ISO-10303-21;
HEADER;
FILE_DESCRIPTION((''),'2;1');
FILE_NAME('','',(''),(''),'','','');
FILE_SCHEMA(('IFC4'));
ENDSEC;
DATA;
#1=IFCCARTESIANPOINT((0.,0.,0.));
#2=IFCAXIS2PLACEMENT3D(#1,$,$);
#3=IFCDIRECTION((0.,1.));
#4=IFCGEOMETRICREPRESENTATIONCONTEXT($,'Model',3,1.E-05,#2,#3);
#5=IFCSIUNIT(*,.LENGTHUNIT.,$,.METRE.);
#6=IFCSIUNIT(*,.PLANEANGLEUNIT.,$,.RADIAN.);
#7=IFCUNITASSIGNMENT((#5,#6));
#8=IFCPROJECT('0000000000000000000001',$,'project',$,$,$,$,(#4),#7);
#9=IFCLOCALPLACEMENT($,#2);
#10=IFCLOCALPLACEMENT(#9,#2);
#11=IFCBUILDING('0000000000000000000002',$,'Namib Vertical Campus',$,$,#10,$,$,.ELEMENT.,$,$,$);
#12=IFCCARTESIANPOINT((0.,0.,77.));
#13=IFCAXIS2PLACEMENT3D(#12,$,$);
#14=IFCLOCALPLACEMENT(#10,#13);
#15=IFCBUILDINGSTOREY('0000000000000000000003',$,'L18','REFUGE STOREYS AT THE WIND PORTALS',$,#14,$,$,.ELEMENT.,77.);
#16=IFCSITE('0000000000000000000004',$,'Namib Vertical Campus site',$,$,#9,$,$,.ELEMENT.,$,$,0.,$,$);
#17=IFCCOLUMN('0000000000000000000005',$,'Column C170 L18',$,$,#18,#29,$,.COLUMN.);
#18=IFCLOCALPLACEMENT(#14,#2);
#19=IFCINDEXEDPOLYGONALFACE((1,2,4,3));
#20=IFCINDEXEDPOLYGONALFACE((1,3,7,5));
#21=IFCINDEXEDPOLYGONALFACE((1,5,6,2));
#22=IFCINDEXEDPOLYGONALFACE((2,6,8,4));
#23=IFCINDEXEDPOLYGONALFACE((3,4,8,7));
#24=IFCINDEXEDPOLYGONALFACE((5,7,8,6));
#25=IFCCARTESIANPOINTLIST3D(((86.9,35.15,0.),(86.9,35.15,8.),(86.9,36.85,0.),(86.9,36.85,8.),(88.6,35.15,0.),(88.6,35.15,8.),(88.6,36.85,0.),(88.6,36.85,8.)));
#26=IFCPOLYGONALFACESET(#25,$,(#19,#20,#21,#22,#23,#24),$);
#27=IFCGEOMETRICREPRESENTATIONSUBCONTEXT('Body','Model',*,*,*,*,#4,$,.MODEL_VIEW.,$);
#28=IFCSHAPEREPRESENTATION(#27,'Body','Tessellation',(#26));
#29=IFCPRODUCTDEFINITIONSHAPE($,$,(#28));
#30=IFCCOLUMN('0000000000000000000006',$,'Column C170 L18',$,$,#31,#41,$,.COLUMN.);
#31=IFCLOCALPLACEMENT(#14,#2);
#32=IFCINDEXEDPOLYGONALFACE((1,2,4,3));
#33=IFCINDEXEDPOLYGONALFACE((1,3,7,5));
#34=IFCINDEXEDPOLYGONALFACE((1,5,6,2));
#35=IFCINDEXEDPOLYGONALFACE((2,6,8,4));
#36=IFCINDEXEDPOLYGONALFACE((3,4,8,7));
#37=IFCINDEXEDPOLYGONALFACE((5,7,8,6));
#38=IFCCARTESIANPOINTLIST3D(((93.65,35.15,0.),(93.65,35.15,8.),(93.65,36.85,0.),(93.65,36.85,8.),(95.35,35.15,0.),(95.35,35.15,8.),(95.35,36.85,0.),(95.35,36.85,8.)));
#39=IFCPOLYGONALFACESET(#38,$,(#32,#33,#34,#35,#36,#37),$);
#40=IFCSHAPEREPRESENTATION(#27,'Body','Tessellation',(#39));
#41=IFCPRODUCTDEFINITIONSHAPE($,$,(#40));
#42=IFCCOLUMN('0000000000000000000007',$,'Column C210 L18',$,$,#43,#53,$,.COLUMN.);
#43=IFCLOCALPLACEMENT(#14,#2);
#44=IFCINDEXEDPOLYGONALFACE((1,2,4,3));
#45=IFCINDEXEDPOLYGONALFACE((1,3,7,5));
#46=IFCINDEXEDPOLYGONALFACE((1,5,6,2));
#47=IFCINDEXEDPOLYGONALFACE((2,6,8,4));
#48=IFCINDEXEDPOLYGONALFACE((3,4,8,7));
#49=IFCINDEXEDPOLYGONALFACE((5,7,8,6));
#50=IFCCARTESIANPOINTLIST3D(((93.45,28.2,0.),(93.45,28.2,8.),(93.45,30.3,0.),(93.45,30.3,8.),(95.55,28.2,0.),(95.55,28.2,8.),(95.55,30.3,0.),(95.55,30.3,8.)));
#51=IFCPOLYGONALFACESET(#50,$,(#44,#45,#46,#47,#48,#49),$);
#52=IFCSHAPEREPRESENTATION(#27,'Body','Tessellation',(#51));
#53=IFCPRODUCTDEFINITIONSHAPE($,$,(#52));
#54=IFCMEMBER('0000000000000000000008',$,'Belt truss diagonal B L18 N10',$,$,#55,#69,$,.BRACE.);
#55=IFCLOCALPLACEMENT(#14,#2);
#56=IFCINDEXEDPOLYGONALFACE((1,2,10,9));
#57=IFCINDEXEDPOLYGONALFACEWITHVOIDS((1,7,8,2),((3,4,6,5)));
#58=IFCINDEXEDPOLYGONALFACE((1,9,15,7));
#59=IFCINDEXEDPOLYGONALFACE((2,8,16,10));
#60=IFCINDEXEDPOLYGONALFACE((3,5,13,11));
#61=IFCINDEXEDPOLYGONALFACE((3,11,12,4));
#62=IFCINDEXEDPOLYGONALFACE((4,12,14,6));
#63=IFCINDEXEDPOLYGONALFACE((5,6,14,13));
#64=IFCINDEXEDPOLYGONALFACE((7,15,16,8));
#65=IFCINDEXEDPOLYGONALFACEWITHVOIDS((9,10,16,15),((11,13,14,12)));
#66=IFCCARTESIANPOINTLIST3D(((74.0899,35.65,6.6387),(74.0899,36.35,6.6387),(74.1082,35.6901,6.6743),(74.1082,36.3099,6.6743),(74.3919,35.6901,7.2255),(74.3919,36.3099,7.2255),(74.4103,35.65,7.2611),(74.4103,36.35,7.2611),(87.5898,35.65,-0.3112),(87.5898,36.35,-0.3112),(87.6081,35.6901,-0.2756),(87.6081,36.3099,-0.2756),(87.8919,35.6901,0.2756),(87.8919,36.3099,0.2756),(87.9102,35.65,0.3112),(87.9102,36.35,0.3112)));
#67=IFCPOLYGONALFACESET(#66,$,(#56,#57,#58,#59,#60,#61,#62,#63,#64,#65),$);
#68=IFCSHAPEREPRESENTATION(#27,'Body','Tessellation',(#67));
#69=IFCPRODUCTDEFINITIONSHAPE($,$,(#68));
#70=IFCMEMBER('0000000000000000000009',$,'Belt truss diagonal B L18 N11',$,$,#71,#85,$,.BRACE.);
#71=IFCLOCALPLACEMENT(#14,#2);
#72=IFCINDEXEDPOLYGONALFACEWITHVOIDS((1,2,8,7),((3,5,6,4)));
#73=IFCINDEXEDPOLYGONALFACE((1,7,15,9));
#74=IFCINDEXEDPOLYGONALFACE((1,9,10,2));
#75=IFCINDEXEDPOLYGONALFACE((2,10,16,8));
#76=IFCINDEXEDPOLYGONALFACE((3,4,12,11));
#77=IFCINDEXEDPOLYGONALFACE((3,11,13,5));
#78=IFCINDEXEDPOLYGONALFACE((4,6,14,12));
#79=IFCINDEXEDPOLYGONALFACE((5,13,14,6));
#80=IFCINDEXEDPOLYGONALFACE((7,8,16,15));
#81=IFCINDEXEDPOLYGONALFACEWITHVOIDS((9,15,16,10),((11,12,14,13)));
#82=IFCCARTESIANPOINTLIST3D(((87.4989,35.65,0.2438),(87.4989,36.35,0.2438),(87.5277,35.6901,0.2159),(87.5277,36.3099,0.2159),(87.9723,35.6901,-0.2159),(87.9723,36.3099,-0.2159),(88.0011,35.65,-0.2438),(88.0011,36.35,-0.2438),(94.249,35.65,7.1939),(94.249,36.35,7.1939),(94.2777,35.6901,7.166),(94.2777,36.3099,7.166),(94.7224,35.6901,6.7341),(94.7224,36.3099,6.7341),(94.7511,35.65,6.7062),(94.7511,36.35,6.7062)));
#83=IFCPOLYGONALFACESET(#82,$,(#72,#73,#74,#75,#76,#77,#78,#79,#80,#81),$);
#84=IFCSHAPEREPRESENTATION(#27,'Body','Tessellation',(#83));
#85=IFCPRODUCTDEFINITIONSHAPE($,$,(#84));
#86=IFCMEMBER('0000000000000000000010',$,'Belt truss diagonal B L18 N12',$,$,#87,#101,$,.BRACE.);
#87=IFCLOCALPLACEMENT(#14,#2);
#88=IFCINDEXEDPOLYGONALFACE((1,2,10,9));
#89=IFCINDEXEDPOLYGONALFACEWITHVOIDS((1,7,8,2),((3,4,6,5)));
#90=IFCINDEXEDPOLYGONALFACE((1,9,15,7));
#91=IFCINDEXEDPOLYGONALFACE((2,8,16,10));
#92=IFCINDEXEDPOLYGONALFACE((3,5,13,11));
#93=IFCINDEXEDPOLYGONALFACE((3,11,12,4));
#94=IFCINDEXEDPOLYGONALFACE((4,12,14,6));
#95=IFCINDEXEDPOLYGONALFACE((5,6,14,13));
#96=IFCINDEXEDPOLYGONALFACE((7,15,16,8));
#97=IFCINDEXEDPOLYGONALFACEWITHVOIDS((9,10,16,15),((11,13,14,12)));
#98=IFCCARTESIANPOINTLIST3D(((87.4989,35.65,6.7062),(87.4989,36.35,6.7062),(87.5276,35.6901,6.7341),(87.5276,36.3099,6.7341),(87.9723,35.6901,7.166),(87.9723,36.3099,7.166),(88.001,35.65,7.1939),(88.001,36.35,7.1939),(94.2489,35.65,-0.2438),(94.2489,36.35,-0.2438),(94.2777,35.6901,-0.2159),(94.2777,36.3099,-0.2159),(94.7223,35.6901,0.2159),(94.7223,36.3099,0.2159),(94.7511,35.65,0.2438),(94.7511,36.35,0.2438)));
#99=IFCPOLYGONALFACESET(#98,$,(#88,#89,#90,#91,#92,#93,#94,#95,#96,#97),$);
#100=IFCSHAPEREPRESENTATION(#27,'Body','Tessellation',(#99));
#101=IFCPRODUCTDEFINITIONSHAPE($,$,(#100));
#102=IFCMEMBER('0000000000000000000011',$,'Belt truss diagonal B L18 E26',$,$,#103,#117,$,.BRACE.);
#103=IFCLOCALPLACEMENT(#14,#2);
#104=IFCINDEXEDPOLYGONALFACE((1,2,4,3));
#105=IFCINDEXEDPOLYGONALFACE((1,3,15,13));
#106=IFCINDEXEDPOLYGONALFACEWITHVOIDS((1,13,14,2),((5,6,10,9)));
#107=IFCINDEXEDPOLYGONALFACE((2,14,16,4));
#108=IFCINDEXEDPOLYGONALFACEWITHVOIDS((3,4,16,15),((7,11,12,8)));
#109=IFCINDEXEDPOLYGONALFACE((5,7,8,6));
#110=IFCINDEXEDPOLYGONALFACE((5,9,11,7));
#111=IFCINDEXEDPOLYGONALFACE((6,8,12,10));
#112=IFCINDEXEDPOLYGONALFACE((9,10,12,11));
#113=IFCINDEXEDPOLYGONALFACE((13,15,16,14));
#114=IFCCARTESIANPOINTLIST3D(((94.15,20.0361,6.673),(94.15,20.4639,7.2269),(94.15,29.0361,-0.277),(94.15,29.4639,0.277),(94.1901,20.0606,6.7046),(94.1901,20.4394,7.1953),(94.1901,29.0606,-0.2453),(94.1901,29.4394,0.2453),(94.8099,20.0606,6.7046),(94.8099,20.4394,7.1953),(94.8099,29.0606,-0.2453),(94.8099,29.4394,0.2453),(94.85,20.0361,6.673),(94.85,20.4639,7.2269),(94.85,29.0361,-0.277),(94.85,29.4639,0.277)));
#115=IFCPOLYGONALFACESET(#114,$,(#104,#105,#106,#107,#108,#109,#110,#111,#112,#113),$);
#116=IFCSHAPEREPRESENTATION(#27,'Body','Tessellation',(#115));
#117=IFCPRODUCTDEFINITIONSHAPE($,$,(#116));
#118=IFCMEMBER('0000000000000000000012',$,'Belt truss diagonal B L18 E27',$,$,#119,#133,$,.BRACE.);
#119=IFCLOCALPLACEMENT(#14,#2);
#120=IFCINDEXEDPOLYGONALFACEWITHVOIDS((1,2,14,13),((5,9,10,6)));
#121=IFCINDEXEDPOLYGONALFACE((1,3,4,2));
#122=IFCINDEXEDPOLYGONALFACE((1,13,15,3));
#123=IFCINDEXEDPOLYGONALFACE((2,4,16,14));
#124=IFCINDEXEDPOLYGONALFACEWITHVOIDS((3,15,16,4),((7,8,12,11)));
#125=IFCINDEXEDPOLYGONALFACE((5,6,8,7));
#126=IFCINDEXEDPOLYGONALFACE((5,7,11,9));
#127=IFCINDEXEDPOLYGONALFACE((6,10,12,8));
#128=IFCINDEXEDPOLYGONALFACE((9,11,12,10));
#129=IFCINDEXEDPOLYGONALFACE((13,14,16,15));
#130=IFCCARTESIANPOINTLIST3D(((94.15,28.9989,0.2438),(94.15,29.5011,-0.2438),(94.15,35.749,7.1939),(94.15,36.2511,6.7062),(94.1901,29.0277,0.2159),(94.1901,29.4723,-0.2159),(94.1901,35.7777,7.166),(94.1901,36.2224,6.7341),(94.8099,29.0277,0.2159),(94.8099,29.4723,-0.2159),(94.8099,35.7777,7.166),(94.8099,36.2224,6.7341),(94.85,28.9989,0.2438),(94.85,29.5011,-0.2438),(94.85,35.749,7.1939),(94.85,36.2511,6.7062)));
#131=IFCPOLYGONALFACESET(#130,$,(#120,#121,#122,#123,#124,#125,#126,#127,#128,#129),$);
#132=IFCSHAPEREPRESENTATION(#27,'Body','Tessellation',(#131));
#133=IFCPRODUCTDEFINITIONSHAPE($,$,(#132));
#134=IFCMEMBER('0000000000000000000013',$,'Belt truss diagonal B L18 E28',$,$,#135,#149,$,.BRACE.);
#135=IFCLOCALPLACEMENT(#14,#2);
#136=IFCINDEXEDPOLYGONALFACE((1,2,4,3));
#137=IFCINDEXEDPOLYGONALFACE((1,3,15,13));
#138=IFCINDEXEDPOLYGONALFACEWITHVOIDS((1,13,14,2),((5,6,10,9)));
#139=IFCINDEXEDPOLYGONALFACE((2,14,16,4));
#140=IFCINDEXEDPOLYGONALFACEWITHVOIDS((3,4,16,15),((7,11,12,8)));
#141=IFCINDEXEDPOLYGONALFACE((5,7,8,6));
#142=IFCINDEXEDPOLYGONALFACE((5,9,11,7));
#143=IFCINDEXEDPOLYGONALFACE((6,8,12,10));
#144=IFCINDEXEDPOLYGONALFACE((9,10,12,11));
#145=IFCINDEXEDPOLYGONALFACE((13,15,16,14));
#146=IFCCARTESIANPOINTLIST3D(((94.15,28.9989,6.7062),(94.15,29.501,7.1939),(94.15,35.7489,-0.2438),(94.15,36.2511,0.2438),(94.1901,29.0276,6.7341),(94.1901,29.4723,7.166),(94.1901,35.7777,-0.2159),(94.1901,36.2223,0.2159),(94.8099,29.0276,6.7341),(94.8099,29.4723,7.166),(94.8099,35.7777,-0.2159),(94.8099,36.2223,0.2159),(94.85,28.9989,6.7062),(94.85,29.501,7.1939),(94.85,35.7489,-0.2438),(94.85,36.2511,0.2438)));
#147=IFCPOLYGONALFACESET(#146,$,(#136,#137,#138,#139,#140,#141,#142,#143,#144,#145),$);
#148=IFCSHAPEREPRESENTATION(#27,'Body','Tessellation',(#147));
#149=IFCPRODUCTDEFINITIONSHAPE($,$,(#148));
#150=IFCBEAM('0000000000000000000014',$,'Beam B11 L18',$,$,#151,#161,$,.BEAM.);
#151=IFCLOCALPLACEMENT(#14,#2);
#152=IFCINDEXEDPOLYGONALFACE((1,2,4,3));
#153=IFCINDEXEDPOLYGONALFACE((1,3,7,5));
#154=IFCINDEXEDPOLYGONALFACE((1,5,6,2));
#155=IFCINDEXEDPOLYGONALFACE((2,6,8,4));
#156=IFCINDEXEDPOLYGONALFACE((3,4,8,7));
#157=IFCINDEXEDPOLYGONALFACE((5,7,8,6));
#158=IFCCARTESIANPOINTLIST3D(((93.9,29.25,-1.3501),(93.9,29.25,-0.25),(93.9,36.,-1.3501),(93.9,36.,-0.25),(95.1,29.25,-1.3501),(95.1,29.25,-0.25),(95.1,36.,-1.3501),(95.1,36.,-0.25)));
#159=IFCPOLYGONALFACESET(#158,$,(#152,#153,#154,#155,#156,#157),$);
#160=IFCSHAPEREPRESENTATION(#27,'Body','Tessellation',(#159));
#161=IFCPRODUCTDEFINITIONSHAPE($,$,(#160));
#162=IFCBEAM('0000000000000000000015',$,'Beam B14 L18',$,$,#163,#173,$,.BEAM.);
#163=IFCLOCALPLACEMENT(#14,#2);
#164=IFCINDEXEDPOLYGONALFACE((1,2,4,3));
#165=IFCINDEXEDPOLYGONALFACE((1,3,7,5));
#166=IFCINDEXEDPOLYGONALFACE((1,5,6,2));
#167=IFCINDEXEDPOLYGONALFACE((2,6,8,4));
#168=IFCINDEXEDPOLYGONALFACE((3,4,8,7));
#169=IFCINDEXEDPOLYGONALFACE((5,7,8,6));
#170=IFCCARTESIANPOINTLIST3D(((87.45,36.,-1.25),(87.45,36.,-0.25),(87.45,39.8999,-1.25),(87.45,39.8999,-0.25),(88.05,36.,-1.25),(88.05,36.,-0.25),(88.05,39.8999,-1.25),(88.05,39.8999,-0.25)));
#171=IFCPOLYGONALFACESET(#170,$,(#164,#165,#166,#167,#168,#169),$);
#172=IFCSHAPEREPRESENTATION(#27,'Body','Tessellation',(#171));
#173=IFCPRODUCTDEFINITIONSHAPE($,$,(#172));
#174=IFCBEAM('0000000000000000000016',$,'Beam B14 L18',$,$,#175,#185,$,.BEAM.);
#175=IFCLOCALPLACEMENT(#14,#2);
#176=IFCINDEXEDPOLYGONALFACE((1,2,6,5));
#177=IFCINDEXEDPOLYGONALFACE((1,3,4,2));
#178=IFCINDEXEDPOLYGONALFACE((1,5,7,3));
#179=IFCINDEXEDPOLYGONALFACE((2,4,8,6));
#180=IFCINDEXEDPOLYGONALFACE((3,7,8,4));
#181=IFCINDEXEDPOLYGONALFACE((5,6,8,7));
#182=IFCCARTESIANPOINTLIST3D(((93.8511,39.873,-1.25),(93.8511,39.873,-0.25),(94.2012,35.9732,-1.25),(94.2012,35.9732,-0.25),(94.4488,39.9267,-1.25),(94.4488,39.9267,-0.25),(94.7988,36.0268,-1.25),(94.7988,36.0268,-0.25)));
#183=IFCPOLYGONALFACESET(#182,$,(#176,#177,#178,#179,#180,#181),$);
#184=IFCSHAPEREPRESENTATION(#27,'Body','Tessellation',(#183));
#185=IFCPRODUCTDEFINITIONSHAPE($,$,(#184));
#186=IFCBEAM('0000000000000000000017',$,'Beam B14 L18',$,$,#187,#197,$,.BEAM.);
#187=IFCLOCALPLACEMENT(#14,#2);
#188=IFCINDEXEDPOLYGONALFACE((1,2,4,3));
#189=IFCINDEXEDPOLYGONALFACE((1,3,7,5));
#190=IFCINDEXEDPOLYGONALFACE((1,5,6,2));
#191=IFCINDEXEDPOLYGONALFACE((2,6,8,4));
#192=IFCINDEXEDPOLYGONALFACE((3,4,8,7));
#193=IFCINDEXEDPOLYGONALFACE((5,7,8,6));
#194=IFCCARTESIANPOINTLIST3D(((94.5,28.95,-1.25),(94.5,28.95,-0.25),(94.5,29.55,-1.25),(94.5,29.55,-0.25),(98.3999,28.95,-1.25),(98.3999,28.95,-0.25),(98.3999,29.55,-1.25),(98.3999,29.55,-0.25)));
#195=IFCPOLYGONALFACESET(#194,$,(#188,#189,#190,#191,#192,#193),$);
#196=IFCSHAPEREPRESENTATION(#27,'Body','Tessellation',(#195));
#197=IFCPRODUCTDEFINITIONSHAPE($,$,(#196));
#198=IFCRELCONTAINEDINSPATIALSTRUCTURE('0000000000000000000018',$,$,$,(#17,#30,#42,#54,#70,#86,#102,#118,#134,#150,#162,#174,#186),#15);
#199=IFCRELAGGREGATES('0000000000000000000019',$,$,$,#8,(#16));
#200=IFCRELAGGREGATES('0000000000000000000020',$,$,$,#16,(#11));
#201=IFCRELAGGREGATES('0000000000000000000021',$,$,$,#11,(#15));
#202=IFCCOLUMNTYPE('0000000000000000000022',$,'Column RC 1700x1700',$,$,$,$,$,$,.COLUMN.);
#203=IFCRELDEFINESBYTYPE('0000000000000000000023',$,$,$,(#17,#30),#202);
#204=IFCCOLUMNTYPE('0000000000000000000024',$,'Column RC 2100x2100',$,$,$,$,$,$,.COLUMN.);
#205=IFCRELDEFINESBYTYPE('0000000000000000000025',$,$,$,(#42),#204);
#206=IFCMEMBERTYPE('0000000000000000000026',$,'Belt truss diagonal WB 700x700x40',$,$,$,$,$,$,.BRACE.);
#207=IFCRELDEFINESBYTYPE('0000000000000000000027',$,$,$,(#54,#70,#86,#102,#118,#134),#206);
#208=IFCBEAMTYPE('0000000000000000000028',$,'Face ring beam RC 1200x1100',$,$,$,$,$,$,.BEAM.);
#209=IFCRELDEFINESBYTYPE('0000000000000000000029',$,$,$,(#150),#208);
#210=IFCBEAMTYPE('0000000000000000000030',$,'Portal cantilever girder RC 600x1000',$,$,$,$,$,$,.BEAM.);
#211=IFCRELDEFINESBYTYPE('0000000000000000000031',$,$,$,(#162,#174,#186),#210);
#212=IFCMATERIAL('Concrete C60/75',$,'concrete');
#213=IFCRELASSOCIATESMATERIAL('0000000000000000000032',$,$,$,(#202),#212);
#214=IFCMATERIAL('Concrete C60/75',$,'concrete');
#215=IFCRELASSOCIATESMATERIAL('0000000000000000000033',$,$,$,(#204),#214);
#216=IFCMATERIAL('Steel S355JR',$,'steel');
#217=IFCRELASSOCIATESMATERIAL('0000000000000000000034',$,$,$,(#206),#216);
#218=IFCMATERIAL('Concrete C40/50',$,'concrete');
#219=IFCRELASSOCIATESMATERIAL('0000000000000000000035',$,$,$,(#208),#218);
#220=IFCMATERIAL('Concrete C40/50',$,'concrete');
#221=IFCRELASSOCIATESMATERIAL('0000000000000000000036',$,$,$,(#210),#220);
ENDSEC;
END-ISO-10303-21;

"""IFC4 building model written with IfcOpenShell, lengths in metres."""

from ifc_helpers import new_model, si_unit, direction, frame, origin, origin_2d, place, context, subcontext, project, spatial, rectangle, hollow_rectangle, extrude, material, material_profile, profile_set, type_object, element, save


model = new_model("IFC4")

# Units and contexts
model_context = context("Model", 3, precision=1e-05, world=origin(), true_north=direction((0.0, 1.0)))
body_context = subcontext(model_context, "Body", "Model", "MODEL_VIEW")
ifc_project = project(units=[si_unit("LENGTHUNIT", "METRE"), si_unit("PLANEANGLEUNIT", "RADIAN")], contexts=[model_context])

# Site, building, storey
site_placement = place(None, origin())
site = spatial("IfcSite", under=ifc_project, at=site_placement, Name="Namib Vertical Campus site", CompositionType="ELEMENT", RefElevation=0.0)
building_placement = place(site_placement, origin())
building = spatial("IfcBuilding", under=site, at=building_placement, Name="Namib Vertical Campus", CompositionType="ELEMENT")
storey_placement = place(building_placement, frame((0.0, 0.0, 77.0)))
storey = spatial("IfcBuildingStorey", under=building, at=storey_placement, Name="L18", Description="REFUGE STOREYS AT THE WIND PORTALS", CompositionType="ELEMENT", Elevation=77.0)

# Columns
ifc_material_1 = material(Name="Concrete C60/75", Category="concrete")
ifc_material_profile_1 = material_profile(ifc_material_1, rectangle(XDim=1.7, YDim=1.7, at=origin_2d()))
ifc_profile_set_1 = profile_set([ifc_material_profile_1], Name="Concrete C60/75")
column_type_1 = type_object("IfcColumnType", Name="Column RC 1700x1700", PredefinedType="COLUMN", material=ifc_profile_set_1)
for number, where, z_axis, x_axis, name in (
    (1, (87.75, 36.0, 0.0), (0.0, 0.0, 1.0), (1.0, 0.0, 0.0), "Column C170 L18"),
    (2, (94.5, 36.0, 0.0), (0.0, 0.0, 1.0), (1.0, 0.0, 0.0), "Column C170 L18"),
):
    element("IfcColumn", number, at=place(storey_placement, frame(where, z_axis=z_axis, x_axis=x_axis)), inside=storey, type_object=column_type_1, Name=name, PredefinedType="COLUMN", context=body_context, shape_type="SweptSolid", body=[
        extrude(rectangle(XDim=1.7, YDim=1.7, at=origin_2d()), origin(), (0.0, 0.0, 1.0), 8.0),
    ])
ifc_material_2 = material(Name="Concrete C60/75", Category="concrete")
ifc_material_profile_2 = material_profile(ifc_material_2, rectangle(XDim=2.1001, YDim=2.1001, at=origin_2d()))
ifc_profile_set_2 = profile_set([ifc_material_profile_2], Name="Concrete C60/75")
column_type_2 = type_object("IfcColumnType", Name="Column RC 2100x2100", PredefinedType="COLUMN", material=ifc_profile_set_2)
column_placement = place(storey_placement, frame((94.5, 29.25, 0.0), z_axis=(0.0, 0.0, 1.0), x_axis=(1.0, 0.0, 0.0)))
element("IfcColumn", 3, at=column_placement, inside=storey, type_object=column_type_2, Name="Column C210 L18", PredefinedType="COLUMN", context=body_context, shape_type="SweptSolid", body=[
    extrude(rectangle(XDim=2.1001, YDim=2.1001, at=origin_2d()), origin(), (0.0, 0.0, 1.0), 8.0),
])

# Members
ifc_material_3 = material(Name="Steel S355JR", Category="steel")
ifc_material_profile_3 = material_profile(ifc_material_3, hollow_rectangle(XDim=0.7, YDim=0.7, WallThickness=0.04, at=origin_2d()))
ifc_profile_set_3 = profile_set([ifc_material_profile_3], Name="Steel S355JR")
member_type = type_object("IfcMemberType", Name="Belt truss diagonal WB 700x700x40", PredefinedType="BRACE", material=ifc_profile_set_3)
member_1_placement = place(storey_placement, frame((87.75, 36.0, 0.0), z_axis=(-0.889098, 0.0, 0.457717), x_axis=(0.0, -1.0, 0.0)))
element("IfcMember", 4, at=member_1_placement, inside=storey, type_object=member_type, Name="Belt truss diagonal B L18 N10", PredefinedType="BRACE", context=body_context, shape_type="SweptSolid", body=[
    extrude(hollow_rectangle(XDim=0.7, YDim=0.7, WallThickness=0.04, at=origin_2d()), origin(), (0.0, 0.0, 1.0), 15.1838),
])
for number, where, z_axis, x_axis, name in (
    (5, (87.75, 36.0, 0.0), (0.696712, 0.0, 0.717351), (0.0, 1.0, 0.0), "Belt truss diagonal B L18 N11"),
    (6, (94.5, 36.0, 0.0), (-0.696712, 0.0, 0.717351), (0.0, -1.0, 0.0), "Belt truss diagonal B L18 N12"),
):
    element("IfcMember", number, at=place(storey_placement, frame(where, z_axis=z_axis, x_axis=x_axis)), inside=storey, type_object=member_type, Name=name, PredefinedType="BRACE", context=body_context, shape_type="SweptSolid", body=[
        extrude(hollow_rectangle(XDim=0.7, YDim=0.7, WallThickness=0.04, at=origin_2d()), origin(), (0.0, 0.0, 1.0), 9.6885),
    ])
member_2_placement = place(storey_placement, frame((94.5, 29.25, 0.0), z_axis=(0.0, -0.79148, 0.611194), x_axis=(1.0, 0.0, 0.0)))
element("IfcMember", 7, at=member_2_placement, inside=storey, type_object=member_type, Name="Belt truss diagonal B L18 E26", PredefinedType="BRACE", context=body_context, shape_type="SweptSolid", body=[
    extrude(hollow_rectangle(XDim=0.7, YDim=0.7, WallThickness=0.04, at=origin_2d()), origin(), (0.0, 0.0, 1.0), 11.3711),
])
for number, where, z_axis, x_axis, name in (
    (8, (94.5, 29.25, 0.0), (0.0, 0.696712, 0.717351), (-1.0, 0.0, 0.0), "Belt truss diagonal B L18 E27"),
    (9, (94.5, 36.0, 0.0), (0.0, -0.696712, 0.717351), (1.0, 0.0, 0.0), "Belt truss diagonal B L18 E28"),
):
    element("IfcMember", number, at=place(storey_placement, frame(where, z_axis=z_axis, x_axis=x_axis)), inside=storey, type_object=member_type, Name=name, PredefinedType="BRACE", context=body_context, shape_type="SweptSolid", body=[
        extrude(hollow_rectangle(XDim=0.7, YDim=0.7, WallThickness=0.04, at=origin_2d()), origin(), (0.0, 0.0, 1.0), 9.6885),
    ])

# Beams
ifc_material_4 = material(Name="Concrete C40/50", Category="concrete")
ifc_material_profile_4 = material_profile(ifc_material_4, rectangle(XDim=1.2, YDim=1.1001, at=origin_2d()))
ifc_profile_set_4 = profile_set([ifc_material_profile_4], Name="Concrete C40/50")
beam_type_1 = type_object("IfcBeamType", Name="Face ring beam RC 1200x1100", PredefinedType="BEAM", material=ifc_profile_set_4)
beam_1_placement = place(storey_placement, frame((94.5, 29.25, -0.8), z_axis=(0.0, 1.0, 0.0), x_axis=(-1.0, 0.0, 0.0)))
element("IfcBeam", 10, at=beam_1_placement, inside=storey, type_object=beam_type_1, Name="Beam B11 L18", PredefinedType="BEAM", context=body_context, shape_type="SweptSolid", body=[
    extrude(rectangle(XDim=1.2, YDim=1.1001, at=origin_2d()), origin(), (0.0, 0.0, 1.0), 6.75),
])
ifc_material_5 = material(Name="Concrete C40/50", Category="concrete")
ifc_material_profile_5 = material_profile(ifc_material_5, rectangle(XDim=0.6001, YDim=1.0, at=origin_2d()))
ifc_profile_set_5 = profile_set([ifc_material_profile_5], Name="Concrete C40/50")
beam_type_2 = type_object("IfcBeamType", Name="Portal cantilever girder RC 600x1000", PredefinedType="BEAM", material=ifc_profile_set_5)
beam_2_placement = place(storey_placement, frame((87.75, 36.0, -0.75), z_axis=(0.0, 1.0, 0.0), x_axis=(-1.0, 0.0, 0.0)))
element("IfcBeam", 11, at=beam_2_placement, inside=storey, type_object=beam_type_2, Name="Beam B14 L18", PredefinedType="BEAM", context=body_context, shape_type="SweptSolid", body=[
    extrude(rectangle(XDim=0.6001, YDim=1.0, at=origin_2d()), origin(), (0.0, 0.0, 1.0), 3.8999),
])
beam_3_placement = place(storey_placement, frame((94.5, 36.0, -0.75), z_axis=(-0.089411, 0.995995, 0.0), x_axis=(-0.995995, -0.089411, 0.0)))
element("IfcBeam", 12, at=beam_3_placement, inside=storey, type_object=beam_type_2, Name="Beam B14 L18", PredefinedType="BEAM", context=body_context, shape_type="SweptSolid", body=[
    extrude(rectangle(XDim=0.6001, YDim=1.0, at=origin_2d()), origin(), (0.0, 0.0, 1.0), 3.9155),
])
beam_4_placement = place(storey_placement, frame((94.5, 29.25, -0.75), z_axis=(1.0, 0.0, 0.0), x_axis=(0.0, 1.0, 0.0)))
element("IfcBeam", 13, at=beam_4_placement, inside=storey, type_object=beam_type_2, Name="Beam B14 L18", PredefinedType="BEAM", context=body_context, shape_type="SweptSolid", body=[
    extrude(rectangle(XDim=0.6001, YDim=1.0, at=origin_2d()), origin(), (0.0, 0.0, 1.0), 3.8999),
])

save(model, "model.ifc")
